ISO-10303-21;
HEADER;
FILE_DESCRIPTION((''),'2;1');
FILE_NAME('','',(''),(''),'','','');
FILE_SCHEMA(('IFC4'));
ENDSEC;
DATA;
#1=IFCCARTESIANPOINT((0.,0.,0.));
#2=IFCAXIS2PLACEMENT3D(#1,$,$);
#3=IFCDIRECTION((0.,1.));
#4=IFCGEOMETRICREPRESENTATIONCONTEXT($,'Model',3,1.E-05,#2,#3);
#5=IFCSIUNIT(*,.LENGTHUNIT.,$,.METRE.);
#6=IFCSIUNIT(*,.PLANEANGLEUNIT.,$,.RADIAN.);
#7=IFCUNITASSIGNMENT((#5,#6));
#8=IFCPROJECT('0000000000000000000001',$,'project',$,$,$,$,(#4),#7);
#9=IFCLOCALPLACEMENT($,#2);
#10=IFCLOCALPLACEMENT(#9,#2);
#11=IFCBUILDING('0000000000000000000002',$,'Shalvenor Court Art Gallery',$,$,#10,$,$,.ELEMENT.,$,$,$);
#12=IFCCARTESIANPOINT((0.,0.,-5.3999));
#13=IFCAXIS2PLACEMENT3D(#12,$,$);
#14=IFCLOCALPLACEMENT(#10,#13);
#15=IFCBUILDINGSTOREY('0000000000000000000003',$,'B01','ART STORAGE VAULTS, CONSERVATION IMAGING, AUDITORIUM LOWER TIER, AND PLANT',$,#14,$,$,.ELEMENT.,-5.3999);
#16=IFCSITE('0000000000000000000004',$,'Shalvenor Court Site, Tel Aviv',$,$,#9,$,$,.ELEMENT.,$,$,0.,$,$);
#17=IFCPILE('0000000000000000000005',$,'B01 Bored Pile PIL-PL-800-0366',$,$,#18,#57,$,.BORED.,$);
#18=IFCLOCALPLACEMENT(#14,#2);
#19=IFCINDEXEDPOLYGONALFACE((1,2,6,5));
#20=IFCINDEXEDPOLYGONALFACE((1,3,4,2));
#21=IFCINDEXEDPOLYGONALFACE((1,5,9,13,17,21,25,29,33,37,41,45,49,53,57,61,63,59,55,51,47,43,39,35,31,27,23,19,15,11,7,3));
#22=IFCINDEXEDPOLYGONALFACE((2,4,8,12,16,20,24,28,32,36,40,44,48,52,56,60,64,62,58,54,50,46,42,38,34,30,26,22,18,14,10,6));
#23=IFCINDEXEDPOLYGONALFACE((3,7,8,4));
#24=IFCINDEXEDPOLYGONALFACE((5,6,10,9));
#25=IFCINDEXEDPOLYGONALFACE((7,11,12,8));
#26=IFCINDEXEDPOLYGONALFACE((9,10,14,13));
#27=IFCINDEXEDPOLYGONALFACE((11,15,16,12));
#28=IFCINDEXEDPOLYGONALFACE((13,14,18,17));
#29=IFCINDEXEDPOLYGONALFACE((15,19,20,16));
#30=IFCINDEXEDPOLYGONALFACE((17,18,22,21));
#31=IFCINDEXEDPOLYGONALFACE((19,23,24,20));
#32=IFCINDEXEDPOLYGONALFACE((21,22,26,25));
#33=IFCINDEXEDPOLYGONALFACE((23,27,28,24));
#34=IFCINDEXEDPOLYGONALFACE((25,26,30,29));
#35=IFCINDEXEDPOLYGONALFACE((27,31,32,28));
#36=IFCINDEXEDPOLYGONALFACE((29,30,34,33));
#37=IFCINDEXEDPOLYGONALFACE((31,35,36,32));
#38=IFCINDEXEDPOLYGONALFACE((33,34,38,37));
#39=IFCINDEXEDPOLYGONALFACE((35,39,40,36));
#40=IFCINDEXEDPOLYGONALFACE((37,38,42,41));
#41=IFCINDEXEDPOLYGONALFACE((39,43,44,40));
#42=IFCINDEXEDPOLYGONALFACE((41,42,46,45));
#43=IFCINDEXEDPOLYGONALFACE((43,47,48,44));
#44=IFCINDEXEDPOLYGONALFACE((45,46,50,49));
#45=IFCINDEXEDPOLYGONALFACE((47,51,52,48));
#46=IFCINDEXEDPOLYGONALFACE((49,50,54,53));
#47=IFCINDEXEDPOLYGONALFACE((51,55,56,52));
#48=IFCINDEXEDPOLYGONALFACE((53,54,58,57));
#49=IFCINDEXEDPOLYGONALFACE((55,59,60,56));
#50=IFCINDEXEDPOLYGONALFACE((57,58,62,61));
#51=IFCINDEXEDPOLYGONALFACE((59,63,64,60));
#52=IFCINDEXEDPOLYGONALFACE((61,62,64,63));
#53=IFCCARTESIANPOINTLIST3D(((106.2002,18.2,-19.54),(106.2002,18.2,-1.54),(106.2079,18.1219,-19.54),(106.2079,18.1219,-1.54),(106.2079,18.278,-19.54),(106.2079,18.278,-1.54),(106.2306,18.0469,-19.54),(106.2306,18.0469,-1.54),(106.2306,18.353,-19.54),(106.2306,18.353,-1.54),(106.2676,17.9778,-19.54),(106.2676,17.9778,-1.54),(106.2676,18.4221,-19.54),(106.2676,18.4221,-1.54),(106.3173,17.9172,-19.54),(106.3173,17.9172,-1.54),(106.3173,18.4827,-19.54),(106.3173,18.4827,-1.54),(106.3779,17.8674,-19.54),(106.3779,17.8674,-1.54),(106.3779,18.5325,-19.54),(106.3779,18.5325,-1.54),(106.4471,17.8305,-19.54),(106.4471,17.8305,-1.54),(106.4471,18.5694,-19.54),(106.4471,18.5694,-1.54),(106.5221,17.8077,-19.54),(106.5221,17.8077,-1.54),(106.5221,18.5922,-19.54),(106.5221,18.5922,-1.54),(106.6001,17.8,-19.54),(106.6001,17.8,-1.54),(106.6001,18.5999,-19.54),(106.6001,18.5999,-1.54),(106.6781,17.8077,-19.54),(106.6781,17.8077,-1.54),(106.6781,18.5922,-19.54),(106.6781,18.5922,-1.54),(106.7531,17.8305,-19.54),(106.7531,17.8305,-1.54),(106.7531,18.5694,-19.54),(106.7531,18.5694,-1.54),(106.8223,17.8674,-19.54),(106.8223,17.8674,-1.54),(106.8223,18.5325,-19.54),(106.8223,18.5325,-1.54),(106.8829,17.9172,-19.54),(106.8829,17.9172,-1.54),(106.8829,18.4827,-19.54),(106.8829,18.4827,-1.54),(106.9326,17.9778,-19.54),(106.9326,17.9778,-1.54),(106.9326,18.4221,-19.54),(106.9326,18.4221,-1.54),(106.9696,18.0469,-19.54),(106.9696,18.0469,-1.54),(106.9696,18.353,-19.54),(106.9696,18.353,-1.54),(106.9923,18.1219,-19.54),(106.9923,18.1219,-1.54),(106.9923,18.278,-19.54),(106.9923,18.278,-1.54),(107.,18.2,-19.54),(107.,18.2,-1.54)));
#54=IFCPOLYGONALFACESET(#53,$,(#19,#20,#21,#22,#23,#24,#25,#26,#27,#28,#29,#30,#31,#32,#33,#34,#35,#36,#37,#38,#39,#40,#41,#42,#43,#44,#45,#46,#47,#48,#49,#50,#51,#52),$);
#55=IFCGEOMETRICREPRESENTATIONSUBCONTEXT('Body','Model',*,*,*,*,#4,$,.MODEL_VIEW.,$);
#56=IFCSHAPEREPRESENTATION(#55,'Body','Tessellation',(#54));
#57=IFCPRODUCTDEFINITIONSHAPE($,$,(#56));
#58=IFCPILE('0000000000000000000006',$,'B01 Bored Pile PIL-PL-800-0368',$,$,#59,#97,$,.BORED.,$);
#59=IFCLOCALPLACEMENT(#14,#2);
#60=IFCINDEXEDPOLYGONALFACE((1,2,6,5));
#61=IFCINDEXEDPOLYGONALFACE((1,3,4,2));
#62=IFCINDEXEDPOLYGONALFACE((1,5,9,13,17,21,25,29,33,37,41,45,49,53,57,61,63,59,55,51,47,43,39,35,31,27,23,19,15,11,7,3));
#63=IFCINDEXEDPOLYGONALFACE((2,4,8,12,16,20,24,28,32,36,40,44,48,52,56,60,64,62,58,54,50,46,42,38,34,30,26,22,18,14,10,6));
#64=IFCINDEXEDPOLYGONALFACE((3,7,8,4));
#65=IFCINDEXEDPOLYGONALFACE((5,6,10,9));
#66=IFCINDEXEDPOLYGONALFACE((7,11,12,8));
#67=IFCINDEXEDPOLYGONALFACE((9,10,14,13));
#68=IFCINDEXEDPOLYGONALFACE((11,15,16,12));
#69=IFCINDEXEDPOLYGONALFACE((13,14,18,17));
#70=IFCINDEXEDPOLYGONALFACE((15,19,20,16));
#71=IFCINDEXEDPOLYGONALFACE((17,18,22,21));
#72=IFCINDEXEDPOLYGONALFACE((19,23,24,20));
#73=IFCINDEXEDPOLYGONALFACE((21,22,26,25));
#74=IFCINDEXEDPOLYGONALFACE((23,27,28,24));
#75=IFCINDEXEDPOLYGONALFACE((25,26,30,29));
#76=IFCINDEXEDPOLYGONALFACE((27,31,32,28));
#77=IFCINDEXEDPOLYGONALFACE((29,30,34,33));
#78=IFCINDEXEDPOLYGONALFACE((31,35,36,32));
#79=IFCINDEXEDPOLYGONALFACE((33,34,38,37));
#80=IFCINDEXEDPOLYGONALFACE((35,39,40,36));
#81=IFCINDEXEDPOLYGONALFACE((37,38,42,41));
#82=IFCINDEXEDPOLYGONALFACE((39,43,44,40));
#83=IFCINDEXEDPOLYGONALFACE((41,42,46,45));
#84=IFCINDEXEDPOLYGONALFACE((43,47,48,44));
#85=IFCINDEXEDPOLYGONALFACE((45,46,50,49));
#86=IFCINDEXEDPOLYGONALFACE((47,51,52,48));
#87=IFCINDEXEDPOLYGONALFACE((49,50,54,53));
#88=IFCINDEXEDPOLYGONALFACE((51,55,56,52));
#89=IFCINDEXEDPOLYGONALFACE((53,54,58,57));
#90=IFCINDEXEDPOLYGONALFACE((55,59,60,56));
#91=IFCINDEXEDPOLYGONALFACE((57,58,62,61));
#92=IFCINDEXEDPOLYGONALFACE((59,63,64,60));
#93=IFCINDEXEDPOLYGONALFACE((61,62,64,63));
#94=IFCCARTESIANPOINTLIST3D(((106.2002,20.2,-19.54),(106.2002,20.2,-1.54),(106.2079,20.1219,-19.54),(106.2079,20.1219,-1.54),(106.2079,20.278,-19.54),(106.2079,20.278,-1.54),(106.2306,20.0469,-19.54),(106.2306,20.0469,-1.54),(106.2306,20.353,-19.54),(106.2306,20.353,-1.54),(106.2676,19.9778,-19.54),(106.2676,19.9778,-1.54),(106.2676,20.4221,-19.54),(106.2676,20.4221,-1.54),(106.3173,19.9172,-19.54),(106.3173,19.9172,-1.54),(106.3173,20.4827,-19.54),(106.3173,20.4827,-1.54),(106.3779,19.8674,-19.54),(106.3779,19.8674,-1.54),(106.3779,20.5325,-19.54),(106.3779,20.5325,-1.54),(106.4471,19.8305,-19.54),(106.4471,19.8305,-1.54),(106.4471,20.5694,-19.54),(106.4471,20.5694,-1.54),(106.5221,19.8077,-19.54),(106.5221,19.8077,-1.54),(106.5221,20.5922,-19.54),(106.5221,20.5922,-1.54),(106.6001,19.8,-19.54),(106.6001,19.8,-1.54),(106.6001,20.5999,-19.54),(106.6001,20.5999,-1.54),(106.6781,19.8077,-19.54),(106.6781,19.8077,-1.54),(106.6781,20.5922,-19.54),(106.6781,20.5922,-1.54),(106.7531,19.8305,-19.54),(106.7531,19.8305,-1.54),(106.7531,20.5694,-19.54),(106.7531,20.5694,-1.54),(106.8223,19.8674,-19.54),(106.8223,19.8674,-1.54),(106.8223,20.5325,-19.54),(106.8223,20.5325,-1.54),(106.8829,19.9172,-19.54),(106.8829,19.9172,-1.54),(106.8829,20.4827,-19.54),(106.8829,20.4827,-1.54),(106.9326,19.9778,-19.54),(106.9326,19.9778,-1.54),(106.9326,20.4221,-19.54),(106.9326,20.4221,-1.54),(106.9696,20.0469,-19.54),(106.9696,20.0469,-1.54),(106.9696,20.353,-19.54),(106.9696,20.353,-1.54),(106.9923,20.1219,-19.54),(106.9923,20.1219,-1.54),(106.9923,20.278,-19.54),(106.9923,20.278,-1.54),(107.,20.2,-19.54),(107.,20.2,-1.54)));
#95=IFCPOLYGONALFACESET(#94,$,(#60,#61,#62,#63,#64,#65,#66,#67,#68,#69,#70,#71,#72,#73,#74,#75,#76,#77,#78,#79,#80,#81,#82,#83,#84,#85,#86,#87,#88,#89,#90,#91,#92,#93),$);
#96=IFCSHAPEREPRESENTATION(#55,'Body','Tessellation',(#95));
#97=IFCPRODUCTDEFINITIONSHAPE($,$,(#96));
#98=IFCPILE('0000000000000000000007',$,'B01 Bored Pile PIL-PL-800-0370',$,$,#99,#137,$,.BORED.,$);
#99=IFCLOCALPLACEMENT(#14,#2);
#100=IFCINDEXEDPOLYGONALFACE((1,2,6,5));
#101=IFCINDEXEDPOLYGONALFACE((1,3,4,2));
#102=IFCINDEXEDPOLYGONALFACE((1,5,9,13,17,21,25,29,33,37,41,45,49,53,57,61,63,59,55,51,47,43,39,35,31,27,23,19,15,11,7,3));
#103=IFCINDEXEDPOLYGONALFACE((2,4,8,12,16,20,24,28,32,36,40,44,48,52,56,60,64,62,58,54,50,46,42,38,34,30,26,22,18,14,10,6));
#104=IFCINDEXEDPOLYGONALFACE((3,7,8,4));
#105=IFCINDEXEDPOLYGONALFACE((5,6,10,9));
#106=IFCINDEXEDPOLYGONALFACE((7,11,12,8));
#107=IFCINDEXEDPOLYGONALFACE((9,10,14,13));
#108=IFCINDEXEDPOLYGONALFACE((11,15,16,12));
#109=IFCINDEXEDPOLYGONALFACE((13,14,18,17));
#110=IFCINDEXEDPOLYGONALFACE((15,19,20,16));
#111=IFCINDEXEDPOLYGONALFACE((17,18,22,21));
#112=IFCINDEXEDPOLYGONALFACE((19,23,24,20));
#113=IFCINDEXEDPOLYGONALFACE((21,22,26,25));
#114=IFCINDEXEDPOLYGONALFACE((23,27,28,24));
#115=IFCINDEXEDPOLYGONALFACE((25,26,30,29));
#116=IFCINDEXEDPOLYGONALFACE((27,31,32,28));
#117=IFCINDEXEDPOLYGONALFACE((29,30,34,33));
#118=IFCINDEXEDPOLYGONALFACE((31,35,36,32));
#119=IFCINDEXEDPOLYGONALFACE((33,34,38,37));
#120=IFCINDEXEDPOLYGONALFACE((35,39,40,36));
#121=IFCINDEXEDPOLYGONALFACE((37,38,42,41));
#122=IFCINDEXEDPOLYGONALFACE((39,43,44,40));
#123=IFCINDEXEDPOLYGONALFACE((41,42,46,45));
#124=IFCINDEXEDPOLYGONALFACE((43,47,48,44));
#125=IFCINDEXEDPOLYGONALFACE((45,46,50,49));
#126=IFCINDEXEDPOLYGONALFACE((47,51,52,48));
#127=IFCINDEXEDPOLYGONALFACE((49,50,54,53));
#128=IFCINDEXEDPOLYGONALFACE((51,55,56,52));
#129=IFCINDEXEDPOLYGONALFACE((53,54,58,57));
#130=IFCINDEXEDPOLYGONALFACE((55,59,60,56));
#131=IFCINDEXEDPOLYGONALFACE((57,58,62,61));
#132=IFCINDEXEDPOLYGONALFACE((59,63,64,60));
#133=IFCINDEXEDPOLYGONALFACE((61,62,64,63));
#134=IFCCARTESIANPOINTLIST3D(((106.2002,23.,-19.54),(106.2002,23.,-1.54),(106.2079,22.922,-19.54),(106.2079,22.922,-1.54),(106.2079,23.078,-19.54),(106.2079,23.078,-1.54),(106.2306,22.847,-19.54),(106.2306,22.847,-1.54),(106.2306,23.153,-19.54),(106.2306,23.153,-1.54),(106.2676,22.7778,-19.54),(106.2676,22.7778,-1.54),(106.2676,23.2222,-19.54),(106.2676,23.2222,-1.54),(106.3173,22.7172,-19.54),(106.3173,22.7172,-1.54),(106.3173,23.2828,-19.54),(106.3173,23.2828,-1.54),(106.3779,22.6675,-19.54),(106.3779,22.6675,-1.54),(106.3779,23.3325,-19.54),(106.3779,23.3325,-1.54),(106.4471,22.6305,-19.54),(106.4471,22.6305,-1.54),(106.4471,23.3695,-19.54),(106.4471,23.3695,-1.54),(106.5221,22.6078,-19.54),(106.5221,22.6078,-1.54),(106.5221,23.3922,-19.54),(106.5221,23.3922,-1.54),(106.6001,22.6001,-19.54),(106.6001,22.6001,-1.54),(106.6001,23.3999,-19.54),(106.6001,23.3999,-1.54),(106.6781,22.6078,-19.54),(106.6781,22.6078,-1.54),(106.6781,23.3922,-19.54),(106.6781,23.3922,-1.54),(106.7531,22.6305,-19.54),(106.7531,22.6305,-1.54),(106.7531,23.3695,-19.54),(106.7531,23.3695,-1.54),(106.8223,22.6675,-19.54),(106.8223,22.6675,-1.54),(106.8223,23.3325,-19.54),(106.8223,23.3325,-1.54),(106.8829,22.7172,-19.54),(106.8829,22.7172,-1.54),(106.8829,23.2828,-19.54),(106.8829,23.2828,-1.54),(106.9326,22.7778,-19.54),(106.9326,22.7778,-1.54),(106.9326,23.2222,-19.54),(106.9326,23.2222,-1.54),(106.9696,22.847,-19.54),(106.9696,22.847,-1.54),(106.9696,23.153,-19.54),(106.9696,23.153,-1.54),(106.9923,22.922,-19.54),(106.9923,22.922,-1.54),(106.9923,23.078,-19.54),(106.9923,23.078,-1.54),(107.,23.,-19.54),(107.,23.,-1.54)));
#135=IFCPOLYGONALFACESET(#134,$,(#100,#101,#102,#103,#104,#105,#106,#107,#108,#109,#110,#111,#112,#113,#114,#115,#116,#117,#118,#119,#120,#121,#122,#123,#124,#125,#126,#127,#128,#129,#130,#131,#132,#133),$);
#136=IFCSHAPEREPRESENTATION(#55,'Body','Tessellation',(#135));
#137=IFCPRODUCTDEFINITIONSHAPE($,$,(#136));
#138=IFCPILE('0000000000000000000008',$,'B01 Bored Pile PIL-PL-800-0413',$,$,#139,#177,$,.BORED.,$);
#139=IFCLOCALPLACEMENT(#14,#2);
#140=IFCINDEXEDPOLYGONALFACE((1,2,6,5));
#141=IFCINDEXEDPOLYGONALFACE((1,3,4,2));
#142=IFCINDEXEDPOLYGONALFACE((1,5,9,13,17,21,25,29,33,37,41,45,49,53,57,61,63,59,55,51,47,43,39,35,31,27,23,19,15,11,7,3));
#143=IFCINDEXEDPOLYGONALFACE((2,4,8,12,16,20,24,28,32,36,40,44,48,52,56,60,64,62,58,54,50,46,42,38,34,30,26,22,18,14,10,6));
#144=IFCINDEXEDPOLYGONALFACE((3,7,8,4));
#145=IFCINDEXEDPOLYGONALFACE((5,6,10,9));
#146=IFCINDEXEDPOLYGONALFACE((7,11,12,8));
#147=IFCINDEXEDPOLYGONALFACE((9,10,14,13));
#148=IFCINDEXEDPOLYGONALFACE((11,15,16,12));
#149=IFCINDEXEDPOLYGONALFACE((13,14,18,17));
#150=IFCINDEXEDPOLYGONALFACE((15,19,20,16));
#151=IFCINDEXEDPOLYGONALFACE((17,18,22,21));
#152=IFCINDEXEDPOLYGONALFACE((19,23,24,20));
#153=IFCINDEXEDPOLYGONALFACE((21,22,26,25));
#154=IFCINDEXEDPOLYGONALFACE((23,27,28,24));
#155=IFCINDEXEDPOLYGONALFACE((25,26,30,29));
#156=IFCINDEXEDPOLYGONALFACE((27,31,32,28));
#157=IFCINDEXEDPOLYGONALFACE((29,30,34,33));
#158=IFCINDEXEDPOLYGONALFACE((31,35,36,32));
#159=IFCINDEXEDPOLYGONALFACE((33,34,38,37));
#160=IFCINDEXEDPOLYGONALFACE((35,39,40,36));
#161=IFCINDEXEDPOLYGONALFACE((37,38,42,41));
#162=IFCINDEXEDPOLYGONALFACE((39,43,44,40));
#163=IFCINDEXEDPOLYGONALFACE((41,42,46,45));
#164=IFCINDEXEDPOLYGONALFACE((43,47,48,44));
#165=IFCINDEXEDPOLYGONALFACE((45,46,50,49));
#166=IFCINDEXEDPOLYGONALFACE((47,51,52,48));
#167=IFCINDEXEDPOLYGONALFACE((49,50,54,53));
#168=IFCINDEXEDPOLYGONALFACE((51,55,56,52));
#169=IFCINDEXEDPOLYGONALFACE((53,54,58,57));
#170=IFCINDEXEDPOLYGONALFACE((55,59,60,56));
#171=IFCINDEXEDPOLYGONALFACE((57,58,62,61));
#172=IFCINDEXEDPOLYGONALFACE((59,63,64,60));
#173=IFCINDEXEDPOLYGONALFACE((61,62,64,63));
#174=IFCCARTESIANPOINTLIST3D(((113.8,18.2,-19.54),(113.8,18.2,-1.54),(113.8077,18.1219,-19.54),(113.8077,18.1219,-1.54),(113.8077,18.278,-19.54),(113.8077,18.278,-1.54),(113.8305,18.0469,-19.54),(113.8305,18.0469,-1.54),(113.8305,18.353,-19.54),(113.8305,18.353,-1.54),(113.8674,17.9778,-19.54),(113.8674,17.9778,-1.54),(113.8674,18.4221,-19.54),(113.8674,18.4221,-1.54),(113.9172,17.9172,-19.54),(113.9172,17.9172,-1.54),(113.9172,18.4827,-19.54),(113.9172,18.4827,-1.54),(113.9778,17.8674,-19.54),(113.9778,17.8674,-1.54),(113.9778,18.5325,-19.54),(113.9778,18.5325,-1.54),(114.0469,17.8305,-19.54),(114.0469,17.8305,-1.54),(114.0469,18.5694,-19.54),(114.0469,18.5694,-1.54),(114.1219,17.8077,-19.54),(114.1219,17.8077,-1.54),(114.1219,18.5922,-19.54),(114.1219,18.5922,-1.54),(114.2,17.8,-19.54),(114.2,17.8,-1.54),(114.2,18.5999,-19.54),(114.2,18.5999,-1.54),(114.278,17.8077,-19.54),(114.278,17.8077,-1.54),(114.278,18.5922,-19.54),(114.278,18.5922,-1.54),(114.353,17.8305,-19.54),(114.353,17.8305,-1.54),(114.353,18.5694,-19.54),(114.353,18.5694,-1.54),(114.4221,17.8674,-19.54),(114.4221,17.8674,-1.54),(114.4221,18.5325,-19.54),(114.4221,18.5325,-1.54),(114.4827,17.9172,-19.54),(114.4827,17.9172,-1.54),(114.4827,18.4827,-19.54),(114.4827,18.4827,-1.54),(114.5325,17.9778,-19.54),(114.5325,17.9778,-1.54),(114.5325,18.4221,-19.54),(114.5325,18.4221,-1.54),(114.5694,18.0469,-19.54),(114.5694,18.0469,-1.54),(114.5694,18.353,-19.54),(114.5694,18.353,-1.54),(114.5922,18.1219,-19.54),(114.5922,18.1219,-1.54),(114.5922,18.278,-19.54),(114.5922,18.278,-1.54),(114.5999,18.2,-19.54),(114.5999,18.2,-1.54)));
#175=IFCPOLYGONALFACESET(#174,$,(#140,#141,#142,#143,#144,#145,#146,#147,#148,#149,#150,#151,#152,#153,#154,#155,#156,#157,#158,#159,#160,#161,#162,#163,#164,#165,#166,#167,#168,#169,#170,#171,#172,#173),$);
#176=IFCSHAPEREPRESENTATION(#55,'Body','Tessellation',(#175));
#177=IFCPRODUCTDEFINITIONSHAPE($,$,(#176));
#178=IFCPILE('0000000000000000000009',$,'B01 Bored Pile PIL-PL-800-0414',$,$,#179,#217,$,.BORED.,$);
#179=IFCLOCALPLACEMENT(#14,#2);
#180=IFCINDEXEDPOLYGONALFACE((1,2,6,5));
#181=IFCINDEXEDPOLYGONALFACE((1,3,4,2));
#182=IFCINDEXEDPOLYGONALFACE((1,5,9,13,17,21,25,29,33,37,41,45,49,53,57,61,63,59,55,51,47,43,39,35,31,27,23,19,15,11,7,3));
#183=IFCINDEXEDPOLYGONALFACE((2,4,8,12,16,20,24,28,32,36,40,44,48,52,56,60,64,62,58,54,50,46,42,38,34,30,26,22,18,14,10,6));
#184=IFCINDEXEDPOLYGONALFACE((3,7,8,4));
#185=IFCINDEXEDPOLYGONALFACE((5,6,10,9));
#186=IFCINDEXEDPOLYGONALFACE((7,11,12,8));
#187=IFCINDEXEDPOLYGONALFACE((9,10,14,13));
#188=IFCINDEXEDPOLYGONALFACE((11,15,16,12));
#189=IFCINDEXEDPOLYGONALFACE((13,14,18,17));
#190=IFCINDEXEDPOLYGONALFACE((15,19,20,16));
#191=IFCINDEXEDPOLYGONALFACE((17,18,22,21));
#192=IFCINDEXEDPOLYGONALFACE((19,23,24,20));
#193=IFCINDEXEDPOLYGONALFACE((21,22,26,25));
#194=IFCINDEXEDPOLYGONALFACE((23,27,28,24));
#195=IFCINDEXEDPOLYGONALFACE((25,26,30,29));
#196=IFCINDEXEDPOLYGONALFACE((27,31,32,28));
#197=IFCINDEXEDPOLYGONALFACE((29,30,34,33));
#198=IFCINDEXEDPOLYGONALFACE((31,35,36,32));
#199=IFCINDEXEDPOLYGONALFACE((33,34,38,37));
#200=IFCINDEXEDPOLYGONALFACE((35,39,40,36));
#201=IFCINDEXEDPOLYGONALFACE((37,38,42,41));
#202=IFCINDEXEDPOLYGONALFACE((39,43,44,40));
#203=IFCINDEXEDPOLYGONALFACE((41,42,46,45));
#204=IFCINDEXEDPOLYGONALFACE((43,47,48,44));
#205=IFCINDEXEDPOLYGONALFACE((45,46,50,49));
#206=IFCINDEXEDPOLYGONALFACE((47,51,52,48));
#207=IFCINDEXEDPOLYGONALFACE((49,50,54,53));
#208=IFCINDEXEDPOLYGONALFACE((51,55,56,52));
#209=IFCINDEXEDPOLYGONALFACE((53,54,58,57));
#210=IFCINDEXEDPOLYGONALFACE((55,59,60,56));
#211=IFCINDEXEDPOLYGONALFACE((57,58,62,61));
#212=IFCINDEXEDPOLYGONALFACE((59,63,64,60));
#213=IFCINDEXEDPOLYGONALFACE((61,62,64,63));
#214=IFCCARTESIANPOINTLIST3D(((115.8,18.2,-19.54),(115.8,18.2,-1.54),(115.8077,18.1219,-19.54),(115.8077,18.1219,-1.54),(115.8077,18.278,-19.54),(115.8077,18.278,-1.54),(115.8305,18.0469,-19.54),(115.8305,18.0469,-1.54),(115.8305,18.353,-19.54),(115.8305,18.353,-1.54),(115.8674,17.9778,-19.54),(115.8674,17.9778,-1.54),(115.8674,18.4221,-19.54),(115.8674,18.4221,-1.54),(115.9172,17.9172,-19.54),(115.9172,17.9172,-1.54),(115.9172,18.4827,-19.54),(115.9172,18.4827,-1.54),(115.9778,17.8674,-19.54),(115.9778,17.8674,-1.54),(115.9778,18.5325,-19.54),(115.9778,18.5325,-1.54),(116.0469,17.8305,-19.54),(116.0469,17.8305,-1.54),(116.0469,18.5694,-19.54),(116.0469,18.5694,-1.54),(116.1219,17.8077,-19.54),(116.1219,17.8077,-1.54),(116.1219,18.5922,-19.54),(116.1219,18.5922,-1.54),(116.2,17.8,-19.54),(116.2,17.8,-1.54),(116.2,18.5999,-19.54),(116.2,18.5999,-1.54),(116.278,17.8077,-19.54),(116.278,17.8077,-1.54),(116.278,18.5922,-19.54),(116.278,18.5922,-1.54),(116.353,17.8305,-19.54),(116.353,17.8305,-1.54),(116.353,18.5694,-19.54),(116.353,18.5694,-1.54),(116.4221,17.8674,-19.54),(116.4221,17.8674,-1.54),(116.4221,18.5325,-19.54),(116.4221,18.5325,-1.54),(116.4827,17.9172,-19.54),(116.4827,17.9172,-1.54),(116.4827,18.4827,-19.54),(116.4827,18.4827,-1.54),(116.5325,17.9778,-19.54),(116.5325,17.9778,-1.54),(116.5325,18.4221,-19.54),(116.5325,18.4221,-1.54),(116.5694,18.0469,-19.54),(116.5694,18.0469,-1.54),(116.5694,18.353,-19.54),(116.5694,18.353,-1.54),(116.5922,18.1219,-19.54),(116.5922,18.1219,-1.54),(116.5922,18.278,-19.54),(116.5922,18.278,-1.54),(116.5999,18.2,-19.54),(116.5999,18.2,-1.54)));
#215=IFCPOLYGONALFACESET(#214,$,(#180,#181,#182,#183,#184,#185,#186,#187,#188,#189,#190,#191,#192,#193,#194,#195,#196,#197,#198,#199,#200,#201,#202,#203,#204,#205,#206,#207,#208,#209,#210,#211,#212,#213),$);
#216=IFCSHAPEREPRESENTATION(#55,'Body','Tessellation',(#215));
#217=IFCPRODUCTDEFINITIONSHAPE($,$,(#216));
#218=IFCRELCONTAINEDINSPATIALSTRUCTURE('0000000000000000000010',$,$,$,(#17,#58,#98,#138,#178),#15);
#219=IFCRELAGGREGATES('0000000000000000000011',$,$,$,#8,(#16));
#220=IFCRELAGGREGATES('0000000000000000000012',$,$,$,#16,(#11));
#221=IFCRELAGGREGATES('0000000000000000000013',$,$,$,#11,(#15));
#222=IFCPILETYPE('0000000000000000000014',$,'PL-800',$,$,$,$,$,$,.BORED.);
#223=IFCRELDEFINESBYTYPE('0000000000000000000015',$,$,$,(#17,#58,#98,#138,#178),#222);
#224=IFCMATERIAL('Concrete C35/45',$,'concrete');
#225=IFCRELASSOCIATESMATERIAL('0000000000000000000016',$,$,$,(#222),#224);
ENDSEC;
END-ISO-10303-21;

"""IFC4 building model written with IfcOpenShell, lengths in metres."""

from ifc_helpers import new_model, si_unit, direction, frame, origin, origin_2d, place, context, subcontext, project, spatial, circle, extrude, material, material_profile, profile_set, type_object, element, save


model = new_model("IFC4")

# Units and contexts
model_context = context("Model", 3, precision=1e-05, world=origin(), true_north=direction((0.0, 1.0)))
body_context = subcontext(model_context, "Body", "Model", "MODEL_VIEW")
ifc_project = project(units=[si_unit("LENGTHUNIT", "METRE"), si_unit("PLANEANGLEUNIT", "RADIAN")], contexts=[model_context])

# Site, building, storey
site_placement = place(None, origin())
site = spatial("IfcSite", under=ifc_project, at=site_placement, Name="Shalvenor Court Site, Tel Aviv", CompositionType="ELEMENT", RefElevation=0.0)
building_placement = place(site_placement, origin())
building = spatial("IfcBuilding", under=site, at=building_placement, Name="Shalvenor Court Art Gallery", CompositionType="ELEMENT")
storey_placement = place(building_placement, frame((0.0, 0.0, -5.3999)))
storey = spatial("IfcBuildingStorey", under=building, at=storey_placement, Name="B01", Description="ART STORAGE VAULTS, CONSERVATION IMAGING, AUDITORIUM LOWER TIER, AND PLANT", CompositionType="ELEMENT", Elevation=-5.3999)

# Piles
ifc_material_1 = material(Name="Concrete C35/45", Category="concrete")
ifc_material_profile_1 = material_profile(ifc_material_1, circle(Radius=0.3999, at=origin_2d()), Name="PILE 800")
ifc_profile_set_1 = profile_set([ifc_material_profile_1], Name="Concrete C35/45")
pile_type_1 = type_object("IfcPileType", Name="PL-800", PredefinedType="BORED", material=ifc_profile_set_1)
for number, where, z_axis, x_axis, name in (
    (1, (106.6001, 18.2, -1.54), (0.0, 0.0, -1.0), (1.0, 0.0, 0.0), "B01 Bored Pile PIL-PL-800-0366"),
    (2, (106.6001, 20.2, -1.54), (0.0, 0.0, -1.0), (1.0, 0.0, 0.0), "B01 Bored Pile PIL-PL-800-0368"),
    (3, (106.6001, 23.0, -1.54), (0.0, 0.0, -1.0), (1.0, 0.0, 0.0), "B01 Bored Pile PIL-PL-800-0370"),
    (4, (114.2, 18.2, -1.54), (0.0, 0.0, -1.0), (1.0, 0.0, 0.0), "B01 Bored Pile PIL-PL-800-0413"),
    (5, (116.2, 18.2, -1.54), (0.0, 0.0, -1.0), (1.0, 0.0, 0.0), "B01 Bored Pile PIL-PL-800-0414"),
):
    element("IfcPile", number, at=place(storey_placement, frame(where, z_axis=z_axis, x_axis=x_axis)), inside=storey, type_object=pile_type_1, Name=name, PredefinedType="BORED", context=body_context, shape_type="SweptSolid", body=[
        extrude(circle(Radius=0.3999, at=origin_2d()), origin(), (0.0, 0.0, 1.0), 18.0),
    ])

save(model, "model.ifc")
